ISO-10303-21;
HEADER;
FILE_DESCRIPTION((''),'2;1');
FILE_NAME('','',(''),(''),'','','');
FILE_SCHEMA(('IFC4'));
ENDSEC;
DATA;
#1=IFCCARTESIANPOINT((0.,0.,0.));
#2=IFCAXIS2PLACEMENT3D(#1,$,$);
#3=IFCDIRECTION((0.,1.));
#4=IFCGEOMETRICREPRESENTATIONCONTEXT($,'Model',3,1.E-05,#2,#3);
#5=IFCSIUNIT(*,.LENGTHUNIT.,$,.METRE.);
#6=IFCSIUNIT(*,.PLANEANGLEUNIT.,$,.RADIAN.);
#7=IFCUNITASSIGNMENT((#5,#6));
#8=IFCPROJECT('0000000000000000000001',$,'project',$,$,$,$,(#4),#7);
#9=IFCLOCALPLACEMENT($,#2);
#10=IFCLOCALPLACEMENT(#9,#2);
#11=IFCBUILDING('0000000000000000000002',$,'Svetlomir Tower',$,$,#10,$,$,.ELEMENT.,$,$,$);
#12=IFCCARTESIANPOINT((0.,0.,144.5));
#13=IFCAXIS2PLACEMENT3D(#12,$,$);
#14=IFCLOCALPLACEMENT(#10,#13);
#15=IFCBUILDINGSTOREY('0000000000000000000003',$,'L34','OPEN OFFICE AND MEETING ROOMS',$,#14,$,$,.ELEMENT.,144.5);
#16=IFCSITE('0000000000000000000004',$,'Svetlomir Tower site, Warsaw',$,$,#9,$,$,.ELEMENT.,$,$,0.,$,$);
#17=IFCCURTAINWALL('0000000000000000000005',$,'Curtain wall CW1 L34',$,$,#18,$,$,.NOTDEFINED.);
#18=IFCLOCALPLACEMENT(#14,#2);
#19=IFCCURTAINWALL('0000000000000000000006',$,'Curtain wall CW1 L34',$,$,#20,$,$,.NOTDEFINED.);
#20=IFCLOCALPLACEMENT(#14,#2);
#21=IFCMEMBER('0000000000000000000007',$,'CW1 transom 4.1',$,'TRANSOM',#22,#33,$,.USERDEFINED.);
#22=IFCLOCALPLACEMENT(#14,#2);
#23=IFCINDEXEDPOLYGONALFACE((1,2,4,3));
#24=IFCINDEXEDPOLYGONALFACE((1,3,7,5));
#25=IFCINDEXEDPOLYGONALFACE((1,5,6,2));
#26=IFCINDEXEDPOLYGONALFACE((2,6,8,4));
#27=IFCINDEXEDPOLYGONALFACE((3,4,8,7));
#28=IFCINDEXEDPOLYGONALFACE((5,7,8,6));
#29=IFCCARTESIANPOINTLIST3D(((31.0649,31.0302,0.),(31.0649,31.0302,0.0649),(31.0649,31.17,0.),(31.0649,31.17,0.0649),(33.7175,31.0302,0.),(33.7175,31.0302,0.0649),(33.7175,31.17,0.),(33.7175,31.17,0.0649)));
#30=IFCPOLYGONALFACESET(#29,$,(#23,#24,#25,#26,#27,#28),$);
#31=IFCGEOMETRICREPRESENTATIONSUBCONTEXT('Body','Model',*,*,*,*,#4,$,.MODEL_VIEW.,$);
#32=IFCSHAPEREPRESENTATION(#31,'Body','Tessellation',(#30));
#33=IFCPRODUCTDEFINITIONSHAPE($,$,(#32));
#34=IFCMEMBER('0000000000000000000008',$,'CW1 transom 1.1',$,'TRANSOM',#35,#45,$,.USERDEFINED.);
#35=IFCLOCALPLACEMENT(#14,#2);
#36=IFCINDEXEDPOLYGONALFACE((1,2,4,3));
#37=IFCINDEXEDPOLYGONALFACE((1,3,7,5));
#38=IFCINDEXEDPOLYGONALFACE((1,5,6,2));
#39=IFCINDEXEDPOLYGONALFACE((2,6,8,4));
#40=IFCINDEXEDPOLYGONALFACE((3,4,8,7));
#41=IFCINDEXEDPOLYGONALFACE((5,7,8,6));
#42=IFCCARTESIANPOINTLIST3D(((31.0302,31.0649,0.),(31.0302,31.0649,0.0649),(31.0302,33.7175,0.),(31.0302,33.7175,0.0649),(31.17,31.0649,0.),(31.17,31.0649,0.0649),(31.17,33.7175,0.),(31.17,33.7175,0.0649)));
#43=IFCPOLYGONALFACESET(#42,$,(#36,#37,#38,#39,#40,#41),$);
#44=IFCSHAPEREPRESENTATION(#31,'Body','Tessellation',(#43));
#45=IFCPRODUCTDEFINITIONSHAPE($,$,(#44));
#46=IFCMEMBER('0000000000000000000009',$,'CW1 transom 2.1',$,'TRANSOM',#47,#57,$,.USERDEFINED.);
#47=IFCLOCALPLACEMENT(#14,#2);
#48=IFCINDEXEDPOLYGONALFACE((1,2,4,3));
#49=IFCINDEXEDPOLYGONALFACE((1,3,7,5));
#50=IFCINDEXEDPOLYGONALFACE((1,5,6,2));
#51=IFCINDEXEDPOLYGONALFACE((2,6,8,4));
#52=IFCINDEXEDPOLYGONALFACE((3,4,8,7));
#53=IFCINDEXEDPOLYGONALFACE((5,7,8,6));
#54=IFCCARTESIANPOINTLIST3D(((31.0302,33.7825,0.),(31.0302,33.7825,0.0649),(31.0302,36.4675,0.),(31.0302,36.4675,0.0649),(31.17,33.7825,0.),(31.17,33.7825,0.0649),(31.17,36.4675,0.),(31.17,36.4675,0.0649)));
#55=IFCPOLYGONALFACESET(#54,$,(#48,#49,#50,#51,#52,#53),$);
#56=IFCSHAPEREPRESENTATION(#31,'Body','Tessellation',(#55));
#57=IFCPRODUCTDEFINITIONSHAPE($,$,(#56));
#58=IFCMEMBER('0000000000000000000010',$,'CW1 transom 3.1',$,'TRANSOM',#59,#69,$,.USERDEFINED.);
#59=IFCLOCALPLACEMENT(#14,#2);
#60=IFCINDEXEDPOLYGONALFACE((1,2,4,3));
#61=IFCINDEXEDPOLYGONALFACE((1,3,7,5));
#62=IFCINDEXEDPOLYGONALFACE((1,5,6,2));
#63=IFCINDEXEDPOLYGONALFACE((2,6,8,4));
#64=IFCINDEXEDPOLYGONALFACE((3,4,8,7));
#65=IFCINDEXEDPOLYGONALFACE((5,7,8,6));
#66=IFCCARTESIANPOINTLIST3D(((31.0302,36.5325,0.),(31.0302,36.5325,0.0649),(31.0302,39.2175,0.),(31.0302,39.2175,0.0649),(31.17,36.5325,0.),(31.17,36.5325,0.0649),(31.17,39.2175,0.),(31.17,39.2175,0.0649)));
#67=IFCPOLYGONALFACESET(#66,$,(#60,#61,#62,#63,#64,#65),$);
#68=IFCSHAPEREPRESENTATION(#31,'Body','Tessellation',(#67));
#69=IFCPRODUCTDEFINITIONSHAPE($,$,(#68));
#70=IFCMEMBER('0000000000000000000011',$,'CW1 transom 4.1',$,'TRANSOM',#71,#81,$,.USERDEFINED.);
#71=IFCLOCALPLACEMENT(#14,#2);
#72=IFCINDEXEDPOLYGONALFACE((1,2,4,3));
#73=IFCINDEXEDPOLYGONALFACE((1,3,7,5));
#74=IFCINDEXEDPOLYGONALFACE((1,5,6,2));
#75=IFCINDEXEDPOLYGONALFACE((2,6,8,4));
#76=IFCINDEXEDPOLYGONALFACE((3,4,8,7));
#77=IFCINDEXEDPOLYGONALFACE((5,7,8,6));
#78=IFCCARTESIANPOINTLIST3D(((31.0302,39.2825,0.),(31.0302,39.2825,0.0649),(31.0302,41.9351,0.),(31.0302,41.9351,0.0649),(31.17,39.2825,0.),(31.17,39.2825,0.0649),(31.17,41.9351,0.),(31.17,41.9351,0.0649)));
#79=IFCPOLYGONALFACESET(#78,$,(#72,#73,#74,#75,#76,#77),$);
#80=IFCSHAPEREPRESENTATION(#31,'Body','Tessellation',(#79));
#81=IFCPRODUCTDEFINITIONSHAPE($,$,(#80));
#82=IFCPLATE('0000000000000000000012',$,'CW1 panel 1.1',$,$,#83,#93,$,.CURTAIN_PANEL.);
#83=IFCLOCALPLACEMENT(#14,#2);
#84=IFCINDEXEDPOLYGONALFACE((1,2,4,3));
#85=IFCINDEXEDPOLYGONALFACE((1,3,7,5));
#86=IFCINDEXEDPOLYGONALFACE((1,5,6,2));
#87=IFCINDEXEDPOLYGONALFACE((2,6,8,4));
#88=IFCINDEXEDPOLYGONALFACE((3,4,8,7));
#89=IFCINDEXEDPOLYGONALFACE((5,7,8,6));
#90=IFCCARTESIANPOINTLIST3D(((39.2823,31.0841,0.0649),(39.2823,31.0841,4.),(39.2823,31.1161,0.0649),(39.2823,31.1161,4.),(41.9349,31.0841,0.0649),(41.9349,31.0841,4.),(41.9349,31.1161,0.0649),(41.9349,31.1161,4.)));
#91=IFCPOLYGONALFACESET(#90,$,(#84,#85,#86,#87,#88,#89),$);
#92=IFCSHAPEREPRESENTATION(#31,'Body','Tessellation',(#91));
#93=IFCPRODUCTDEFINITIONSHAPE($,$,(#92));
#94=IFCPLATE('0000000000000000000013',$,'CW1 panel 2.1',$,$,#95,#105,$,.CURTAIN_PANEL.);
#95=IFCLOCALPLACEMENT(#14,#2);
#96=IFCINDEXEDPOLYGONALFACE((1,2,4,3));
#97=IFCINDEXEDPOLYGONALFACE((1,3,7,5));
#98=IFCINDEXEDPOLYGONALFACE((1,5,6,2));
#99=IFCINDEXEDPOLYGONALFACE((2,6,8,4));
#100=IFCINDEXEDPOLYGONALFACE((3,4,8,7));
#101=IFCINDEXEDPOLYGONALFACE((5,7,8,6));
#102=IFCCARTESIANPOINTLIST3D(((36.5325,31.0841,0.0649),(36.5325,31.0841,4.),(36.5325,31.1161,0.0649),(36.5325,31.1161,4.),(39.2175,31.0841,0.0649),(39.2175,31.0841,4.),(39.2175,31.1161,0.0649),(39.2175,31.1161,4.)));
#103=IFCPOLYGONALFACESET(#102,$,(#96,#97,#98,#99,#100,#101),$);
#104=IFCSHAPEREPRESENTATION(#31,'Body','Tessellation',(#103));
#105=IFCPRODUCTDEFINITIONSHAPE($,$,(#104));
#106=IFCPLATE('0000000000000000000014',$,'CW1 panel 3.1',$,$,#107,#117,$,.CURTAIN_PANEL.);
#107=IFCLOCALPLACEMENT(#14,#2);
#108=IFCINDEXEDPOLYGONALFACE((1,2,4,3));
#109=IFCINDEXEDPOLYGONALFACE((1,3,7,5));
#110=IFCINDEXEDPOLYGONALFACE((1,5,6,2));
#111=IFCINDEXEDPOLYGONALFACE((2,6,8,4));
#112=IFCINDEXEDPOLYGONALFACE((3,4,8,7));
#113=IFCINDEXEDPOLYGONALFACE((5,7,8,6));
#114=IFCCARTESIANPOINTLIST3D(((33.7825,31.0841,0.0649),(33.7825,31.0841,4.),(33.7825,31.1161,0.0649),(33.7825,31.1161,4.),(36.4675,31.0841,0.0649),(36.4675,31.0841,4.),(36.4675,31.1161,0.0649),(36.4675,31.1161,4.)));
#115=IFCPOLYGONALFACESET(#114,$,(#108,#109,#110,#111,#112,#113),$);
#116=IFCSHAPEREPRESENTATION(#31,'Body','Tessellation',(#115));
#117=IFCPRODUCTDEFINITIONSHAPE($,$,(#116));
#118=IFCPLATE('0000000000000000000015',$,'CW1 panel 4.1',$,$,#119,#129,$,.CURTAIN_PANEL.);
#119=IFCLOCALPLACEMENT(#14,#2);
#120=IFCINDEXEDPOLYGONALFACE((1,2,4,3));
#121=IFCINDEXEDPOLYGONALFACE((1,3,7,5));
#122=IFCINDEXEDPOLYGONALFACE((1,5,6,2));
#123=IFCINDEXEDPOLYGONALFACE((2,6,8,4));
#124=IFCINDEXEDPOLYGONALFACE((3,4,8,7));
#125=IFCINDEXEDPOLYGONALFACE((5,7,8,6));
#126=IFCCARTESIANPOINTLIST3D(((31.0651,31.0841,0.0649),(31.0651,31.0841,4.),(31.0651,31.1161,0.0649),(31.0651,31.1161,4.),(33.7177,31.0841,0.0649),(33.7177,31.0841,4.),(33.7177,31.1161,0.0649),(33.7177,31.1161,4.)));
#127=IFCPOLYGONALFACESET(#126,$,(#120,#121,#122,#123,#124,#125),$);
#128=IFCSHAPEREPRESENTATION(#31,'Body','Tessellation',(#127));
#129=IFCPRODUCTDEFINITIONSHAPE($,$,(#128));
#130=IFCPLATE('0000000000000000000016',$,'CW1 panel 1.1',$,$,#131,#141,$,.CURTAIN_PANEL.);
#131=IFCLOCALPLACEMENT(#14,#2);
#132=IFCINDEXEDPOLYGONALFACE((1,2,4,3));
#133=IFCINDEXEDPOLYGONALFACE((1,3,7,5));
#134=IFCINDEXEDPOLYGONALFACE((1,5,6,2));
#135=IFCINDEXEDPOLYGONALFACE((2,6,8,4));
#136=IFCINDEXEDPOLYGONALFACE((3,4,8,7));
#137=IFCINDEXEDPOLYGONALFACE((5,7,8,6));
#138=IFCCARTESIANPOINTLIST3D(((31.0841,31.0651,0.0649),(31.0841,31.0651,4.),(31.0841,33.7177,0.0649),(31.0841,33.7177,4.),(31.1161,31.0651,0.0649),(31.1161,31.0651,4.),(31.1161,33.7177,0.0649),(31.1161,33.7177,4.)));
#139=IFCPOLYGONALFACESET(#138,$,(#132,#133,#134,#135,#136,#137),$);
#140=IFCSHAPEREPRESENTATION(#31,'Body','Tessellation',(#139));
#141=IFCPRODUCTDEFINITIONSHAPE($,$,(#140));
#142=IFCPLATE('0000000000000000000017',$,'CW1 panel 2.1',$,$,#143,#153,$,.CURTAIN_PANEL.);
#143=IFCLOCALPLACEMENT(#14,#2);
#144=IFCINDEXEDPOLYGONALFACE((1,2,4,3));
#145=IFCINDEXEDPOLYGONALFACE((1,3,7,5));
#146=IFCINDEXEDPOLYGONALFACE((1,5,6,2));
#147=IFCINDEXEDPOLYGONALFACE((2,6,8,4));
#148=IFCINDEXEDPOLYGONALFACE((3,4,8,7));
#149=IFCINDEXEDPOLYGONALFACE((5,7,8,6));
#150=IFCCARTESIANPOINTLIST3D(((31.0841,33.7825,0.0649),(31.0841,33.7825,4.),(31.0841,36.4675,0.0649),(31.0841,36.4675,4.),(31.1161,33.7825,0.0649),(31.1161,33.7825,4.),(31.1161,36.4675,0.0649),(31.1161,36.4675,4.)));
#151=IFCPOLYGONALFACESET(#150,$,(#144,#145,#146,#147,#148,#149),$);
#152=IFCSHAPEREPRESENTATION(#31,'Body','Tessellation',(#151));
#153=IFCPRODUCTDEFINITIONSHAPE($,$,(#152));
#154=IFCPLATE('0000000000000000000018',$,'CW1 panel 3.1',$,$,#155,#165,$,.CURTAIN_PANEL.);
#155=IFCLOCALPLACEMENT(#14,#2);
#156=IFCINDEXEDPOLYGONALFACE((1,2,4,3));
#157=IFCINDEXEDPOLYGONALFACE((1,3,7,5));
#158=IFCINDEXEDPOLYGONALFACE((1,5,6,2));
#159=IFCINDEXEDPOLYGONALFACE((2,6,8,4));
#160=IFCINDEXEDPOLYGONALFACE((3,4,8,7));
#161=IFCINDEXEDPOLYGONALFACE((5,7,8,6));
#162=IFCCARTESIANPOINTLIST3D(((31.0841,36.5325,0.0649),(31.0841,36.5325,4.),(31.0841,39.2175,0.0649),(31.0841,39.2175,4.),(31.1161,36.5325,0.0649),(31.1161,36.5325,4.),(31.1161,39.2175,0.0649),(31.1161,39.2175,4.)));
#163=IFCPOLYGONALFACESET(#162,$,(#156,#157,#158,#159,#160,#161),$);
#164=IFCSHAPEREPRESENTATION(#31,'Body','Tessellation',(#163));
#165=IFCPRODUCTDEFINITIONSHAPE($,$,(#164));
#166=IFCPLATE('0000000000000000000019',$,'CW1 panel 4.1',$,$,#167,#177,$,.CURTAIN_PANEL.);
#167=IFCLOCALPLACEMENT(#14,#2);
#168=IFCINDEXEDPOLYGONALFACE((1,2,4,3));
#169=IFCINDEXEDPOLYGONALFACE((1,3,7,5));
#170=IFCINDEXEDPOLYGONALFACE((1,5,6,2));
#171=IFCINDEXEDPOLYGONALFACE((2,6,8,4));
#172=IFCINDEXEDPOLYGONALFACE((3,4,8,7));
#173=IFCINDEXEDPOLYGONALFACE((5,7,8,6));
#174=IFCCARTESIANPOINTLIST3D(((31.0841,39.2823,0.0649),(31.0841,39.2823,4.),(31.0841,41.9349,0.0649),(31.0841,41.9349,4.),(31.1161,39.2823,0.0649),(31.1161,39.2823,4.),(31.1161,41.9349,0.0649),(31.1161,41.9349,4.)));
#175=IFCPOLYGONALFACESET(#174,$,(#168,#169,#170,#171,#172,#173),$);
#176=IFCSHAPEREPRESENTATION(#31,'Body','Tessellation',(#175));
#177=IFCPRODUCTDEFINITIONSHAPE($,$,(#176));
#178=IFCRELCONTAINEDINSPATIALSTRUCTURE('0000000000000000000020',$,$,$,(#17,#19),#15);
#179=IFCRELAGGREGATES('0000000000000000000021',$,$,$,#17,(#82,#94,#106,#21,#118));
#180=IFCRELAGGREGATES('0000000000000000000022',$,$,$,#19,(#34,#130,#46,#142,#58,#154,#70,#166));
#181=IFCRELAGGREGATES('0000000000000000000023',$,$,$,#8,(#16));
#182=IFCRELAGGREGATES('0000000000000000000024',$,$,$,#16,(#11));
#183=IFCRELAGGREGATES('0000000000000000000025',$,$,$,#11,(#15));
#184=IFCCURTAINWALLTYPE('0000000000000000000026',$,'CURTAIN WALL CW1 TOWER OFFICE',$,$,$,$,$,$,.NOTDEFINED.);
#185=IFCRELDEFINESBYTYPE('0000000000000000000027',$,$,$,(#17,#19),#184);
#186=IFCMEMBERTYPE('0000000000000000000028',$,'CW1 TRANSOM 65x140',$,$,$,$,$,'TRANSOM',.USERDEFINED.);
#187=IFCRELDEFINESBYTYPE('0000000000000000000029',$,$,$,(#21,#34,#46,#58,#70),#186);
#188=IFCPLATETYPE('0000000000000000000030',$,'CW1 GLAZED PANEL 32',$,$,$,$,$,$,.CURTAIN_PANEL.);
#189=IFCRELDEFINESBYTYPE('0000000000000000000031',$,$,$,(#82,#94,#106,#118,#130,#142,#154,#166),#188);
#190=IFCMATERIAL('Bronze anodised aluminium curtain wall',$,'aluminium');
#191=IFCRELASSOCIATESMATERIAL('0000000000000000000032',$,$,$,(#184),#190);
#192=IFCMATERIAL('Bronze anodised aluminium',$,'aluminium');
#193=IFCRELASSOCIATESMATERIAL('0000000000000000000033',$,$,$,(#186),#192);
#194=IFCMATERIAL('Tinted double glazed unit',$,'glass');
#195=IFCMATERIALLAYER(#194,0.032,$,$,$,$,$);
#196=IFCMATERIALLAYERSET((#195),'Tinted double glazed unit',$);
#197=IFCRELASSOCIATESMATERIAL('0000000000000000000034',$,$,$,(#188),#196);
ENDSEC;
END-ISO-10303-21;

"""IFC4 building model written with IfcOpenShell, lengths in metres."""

from ifc_helpers import new_model, si_unit, direction, frame, origin, origin_2d, place, context, subcontext, project, spatial, rectangle, extrude, material, layer, layer_set, material_profile, profile_set, type_object, element, aggregate, save


model = new_model("IFC4")

# Units and contexts
model_context = context("Model", 3, precision=1e-05, world=origin(), true_north=direction((0.0, 1.0)))
body_context = subcontext(model_context, "Body", "Model", "MODEL_VIEW")
ifc_project = project(units=[si_unit("LENGTHUNIT", "METRE"), si_unit("PLANEANGLEUNIT", "RADIAN")], contexts=[model_context])

# Site, building, storey
site_placement = place(None, origin())
site = spatial("IfcSite", under=ifc_project, at=site_placement, Name="Svetlomir Tower site, Warsaw", CompositionType="ELEMENT", RefElevation=0.0)
building_placement = place(site_placement, origin())
building = spatial("IfcBuilding", under=site, at=building_placement, Name="Svetlomir Tower", CompositionType="ELEMENT")
storey_placement = place(building_placement, frame((0.0, 0.0, 144.5)))
storey = spatial("IfcBuildingStorey", under=building, at=storey_placement, Name="L34", Description="OPEN OFFICE AND MEETING ROOMS", CompositionType="ELEMENT", Elevation=144.5)

# Curtain walls
ifc_material_1 = material(Name="Bronze anodised aluminium curtain wall", Category="aluminium")
curtain_wall_type = type_object("IfcCurtainWallType", Name="CURTAIN WALL CW1 TOWER OFFICE", PredefinedType="NOTDEFINED", material=ifc_material_1)
curtain_wall_1_placement = place(storey_placement, origin())
curtain_wall_1 = element("IfcCurtainWall", 1, at=curtain_wall_1_placement, inside=storey, type_object=curtain_wall_type, Name="Curtain wall CW1 L34", PredefinedType="NOTDEFINED")
curtain_wall_2_placement = place(storey_placement, origin())
curtain_wall_2 = element("IfcCurtainWall", 2, at=curtain_wall_2_placement, inside=storey, type_object=curtain_wall_type, Name="Curtain wall CW1 L34", PredefinedType="NOTDEFINED")

# Members
ifc_material_2 = material(Name="Bronze anodised aluminium", Category="aluminium")
ifc_material_profile_1 = material_profile(ifc_material_2, rectangle(XDim=0.1399, YDim=0.0649, at=origin_2d()), Name="AL 140x65")
ifc_profile_set_1 = profile_set([ifc_material_profile_1], Name="Bronze anodised aluminium 6063-T6")
member_type_1 = type_object("IfcMemberType", Name="CW1 TRANSOM 65x140", ElementType="TRANSOM", PredefinedType="USERDEFINED", material=ifc_profile_set_1)
member_1_placement = place(storey_placement, frame((33.7175, 31.1001, 0.0325), z_axis=(-1.0, 0.0, 0.0), x_axis=(0.0, -1.0, 0.0)))
member_1 = element("IfcMember", 3, at=member_1_placement, type_object=member_type_1, Name="CW1 transom 4.1", ObjectType="TRANSOM", PredefinedType="USERDEFINED", context=body_context, shape_type="SweptSolid", body=[
    extrude(rectangle(XDim=0.1399, YDim=0.0649, at=origin_2d()), origin(), (0.0, 0.0, 1.0), 2.6526),
])
member_2_placement = place(storey_placement, frame((31.1001, 31.0649, 0.0325), z_axis=(0.0, 1.0, 0.0), x_axis=(-1.0, 0.0, 0.0)))
member_2 = element("IfcMember", 4, at=member_2_placement, type_object=member_type_1, Name="CW1 transom 1.1", ObjectType="TRANSOM", PredefinedType="USERDEFINED", context=body_context, shape_type="SweptSolid", body=[
    extrude(rectangle(XDim=0.1399, YDim=0.0649, at=origin_2d()), origin(), (0.0, 0.0, 1.0), 2.6526),
])
member_3_placement = place(storey_placement, frame((31.1001, 33.7825, 0.0325), z_axis=(0.0, 1.0, 0.0), x_axis=(-1.0, 0.0, 0.0)))
member_3 = element("IfcMember", 5, at=member_3_placement, type_object=member_type_1, Name="CW1 transom 2.1", ObjectType="TRANSOM", PredefinedType="USERDEFINED", context=body_context, shape_type="SweptSolid", body=[
    extrude(rectangle(XDim=0.1399, YDim=0.0649, at=origin_2d()), origin(), (0.0, 0.0, 1.0), 2.6851),
])
member_4_placement = place(storey_placement, frame((31.1001, 36.5325, 0.0325), z_axis=(0.0, 1.0, 0.0), x_axis=(-1.0, 0.0, 0.0)))
member_4 = element("IfcMember", 6, at=member_4_placement, type_object=member_type_1, Name="CW1 transom 3.1", ObjectType="TRANSOM", PredefinedType="USERDEFINED", context=body_context, shape_type="SweptSolid", body=[
    extrude(rectangle(XDim=0.1399, YDim=0.0649, at=origin_2d()), origin(), (0.0, 0.0, 1.0), 2.6851),
])
member_5_placement = place(storey_placement, frame((31.1001, 39.2825, 0.0325), z_axis=(0.0, 1.0, 0.0), x_axis=(-1.0, 0.0, 0.0)))
member_5 = element("IfcMember", 7, at=member_5_placement, type_object=member_type_1, Name="CW1 transom 4.1", ObjectType="TRANSOM", PredefinedType="USERDEFINED", context=body_context, shape_type="SweptSolid", body=[
    extrude(rectangle(XDim=0.1399, YDim=0.0649, at=origin_2d()), origin(), (0.0, 0.0, 1.0), 2.6526),
])

# Plates
ifc_material_3 = material(Name="Tinted double glazed unit", Category="glass")
ifc_layer = layer(ifc_material_3, 0.032)
ifc_layer_set = layer_set([ifc_layer], Name="Tinted double glazed unit")
plate_type = type_object("IfcPlateType", Name="CW1 GLAZED PANEL 32", PredefinedType="CURTAIN_PANEL", material=ifc_layer_set)
plate_1_placement = place(storey_placement, frame((40.6086, 31.1001, 0.0649), z_axis=(0.0, 0.0, 1.0), x_axis=(-1.0, 0.0, 0.0)))
plate_1 = element("IfcPlate", 8, at=plate_1_placement, type_object=plate_type, Name="CW1 panel 1.1", PredefinedType="CURTAIN_PANEL", context=body_context, shape_type="SweptSolid", body=[
    extrude(rectangle(XDim=2.6526, YDim=0.032, at=origin_2d()), origin(), (0.0, 0.0, 1.0), 3.9351),
])
plate_2_placement = place(storey_placement, frame((37.875, 31.1001, 0.0649), z_axis=(0.0, 0.0, 1.0), x_axis=(-1.0, 0.0, 0.0)))
plate_2 = element("IfcPlate", 9, at=plate_2_placement, type_object=plate_type, Name="CW1 panel 2.1", PredefinedType="CURTAIN_PANEL", context=body_context, shape_type="SweptSolid", body=[
    extrude(rectangle(XDim=2.6851, YDim=0.032, at=origin_2d()), origin(), (0.0, 0.0, 1.0), 3.9351),
])
plate_3_placement = place(storey_placement, frame((35.125, 31.1001, 0.0649), z_axis=(0.0, 0.0, 1.0), x_axis=(-1.0, 0.0, 0.0)))
plate_3 = element("IfcPlate", 10, at=plate_3_placement, type_object=plate_type, Name="CW1 panel 3.1", PredefinedType="CURTAIN_PANEL", context=body_context, shape_type="SweptSolid", body=[
    extrude(rectangle(XDim=2.6851, YDim=0.032, at=origin_2d()), origin(), (0.0, 0.0, 1.0), 3.9351),
])
plate_4_placement = place(storey_placement, frame((32.3914, 31.1001, 0.0649), z_axis=(0.0, 0.0, 1.0), x_axis=(-1.0, 0.0, 0.0)))
plate_4 = element("IfcPlate", 11, at=plate_4_placement, type_object=plate_type, Name="CW1 panel 4.1", PredefinedType="CURTAIN_PANEL", context=body_context, shape_type="SweptSolid", body=[
    extrude(rectangle(XDim=2.6526, YDim=0.032, at=origin_2d()), origin(), (0.0, 0.0, 1.0), 3.9351),
])
aggregate(curtain_wall_1, [plate_1, plate_2, plate_3, member_1, plate_4])
plate_5_placement = place(storey_placement, frame((31.1001, 32.3914, 0.0649), z_axis=(0.0, 0.0, 1.0), x_axis=(0.0, 1.0, 0.0)))
plate_5 = element("IfcPlate", 12, at=plate_5_placement, type_object=plate_type, Name="CW1 panel 1.1", PredefinedType="CURTAIN_PANEL", context=body_context, shape_type="SweptSolid", body=[
    extrude(rectangle(XDim=2.6526, YDim=0.032, at=origin_2d()), origin(), (0.0, 0.0, 1.0), 3.9351),
])
plate_6_placement = place(storey_placement, frame((31.1001, 35.125, 0.0649), z_axis=(0.0, 0.0, 1.0), x_axis=(0.0, 1.0, 0.0)))
plate_6 = element("IfcPlate", 13, at=plate_6_placement, type_object=plate_type, Name="CW1 panel 2.1", PredefinedType="CURTAIN_PANEL", context=body_context, shape_type="SweptSolid", body=[
    extrude(rectangle(XDim=2.6851, YDim=0.032, at=origin_2d()), origin(), (0.0, 0.0, 1.0), 3.9351),
])
plate_7_placement = place(storey_placement, frame((31.1001, 37.875, 0.0649), z_axis=(0.0, 0.0, 1.0), x_axis=(0.0, 1.0, 0.0)))
plate_7 = element("IfcPlate", 14, at=plate_7_placement, type_object=plate_type, Name="CW1 panel 3.1", PredefinedType="CURTAIN_PANEL", context=body_context, shape_type="SweptSolid", body=[
    extrude(rectangle(XDim=2.6851, YDim=0.032, at=origin_2d()), origin(), (0.0, 0.0, 1.0), 3.9351),
])
plate_8_placement = place(storey_placement, frame((31.1001, 40.6086, 0.0649), z_axis=(0.0, 0.0, 1.0), x_axis=(0.0, 1.0, 0.0)))
plate_8 = element("IfcPlate", 15, at=plate_8_placement, type_object=plate_type, Name="CW1 panel 4.1", PredefinedType="CURTAIN_PANEL", context=body_context, shape_type="SweptSolid", body=[
    extrude(rectangle(XDim=2.6526, YDim=0.032, at=origin_2d()), origin(), (0.0, 0.0, 1.0), 3.9351),
])
aggregate(curtain_wall_2, [member_2, plate_5, member_3, plate_6, member_4, plate_7, member_5, plate_8])

save(model, "model.ifc")
